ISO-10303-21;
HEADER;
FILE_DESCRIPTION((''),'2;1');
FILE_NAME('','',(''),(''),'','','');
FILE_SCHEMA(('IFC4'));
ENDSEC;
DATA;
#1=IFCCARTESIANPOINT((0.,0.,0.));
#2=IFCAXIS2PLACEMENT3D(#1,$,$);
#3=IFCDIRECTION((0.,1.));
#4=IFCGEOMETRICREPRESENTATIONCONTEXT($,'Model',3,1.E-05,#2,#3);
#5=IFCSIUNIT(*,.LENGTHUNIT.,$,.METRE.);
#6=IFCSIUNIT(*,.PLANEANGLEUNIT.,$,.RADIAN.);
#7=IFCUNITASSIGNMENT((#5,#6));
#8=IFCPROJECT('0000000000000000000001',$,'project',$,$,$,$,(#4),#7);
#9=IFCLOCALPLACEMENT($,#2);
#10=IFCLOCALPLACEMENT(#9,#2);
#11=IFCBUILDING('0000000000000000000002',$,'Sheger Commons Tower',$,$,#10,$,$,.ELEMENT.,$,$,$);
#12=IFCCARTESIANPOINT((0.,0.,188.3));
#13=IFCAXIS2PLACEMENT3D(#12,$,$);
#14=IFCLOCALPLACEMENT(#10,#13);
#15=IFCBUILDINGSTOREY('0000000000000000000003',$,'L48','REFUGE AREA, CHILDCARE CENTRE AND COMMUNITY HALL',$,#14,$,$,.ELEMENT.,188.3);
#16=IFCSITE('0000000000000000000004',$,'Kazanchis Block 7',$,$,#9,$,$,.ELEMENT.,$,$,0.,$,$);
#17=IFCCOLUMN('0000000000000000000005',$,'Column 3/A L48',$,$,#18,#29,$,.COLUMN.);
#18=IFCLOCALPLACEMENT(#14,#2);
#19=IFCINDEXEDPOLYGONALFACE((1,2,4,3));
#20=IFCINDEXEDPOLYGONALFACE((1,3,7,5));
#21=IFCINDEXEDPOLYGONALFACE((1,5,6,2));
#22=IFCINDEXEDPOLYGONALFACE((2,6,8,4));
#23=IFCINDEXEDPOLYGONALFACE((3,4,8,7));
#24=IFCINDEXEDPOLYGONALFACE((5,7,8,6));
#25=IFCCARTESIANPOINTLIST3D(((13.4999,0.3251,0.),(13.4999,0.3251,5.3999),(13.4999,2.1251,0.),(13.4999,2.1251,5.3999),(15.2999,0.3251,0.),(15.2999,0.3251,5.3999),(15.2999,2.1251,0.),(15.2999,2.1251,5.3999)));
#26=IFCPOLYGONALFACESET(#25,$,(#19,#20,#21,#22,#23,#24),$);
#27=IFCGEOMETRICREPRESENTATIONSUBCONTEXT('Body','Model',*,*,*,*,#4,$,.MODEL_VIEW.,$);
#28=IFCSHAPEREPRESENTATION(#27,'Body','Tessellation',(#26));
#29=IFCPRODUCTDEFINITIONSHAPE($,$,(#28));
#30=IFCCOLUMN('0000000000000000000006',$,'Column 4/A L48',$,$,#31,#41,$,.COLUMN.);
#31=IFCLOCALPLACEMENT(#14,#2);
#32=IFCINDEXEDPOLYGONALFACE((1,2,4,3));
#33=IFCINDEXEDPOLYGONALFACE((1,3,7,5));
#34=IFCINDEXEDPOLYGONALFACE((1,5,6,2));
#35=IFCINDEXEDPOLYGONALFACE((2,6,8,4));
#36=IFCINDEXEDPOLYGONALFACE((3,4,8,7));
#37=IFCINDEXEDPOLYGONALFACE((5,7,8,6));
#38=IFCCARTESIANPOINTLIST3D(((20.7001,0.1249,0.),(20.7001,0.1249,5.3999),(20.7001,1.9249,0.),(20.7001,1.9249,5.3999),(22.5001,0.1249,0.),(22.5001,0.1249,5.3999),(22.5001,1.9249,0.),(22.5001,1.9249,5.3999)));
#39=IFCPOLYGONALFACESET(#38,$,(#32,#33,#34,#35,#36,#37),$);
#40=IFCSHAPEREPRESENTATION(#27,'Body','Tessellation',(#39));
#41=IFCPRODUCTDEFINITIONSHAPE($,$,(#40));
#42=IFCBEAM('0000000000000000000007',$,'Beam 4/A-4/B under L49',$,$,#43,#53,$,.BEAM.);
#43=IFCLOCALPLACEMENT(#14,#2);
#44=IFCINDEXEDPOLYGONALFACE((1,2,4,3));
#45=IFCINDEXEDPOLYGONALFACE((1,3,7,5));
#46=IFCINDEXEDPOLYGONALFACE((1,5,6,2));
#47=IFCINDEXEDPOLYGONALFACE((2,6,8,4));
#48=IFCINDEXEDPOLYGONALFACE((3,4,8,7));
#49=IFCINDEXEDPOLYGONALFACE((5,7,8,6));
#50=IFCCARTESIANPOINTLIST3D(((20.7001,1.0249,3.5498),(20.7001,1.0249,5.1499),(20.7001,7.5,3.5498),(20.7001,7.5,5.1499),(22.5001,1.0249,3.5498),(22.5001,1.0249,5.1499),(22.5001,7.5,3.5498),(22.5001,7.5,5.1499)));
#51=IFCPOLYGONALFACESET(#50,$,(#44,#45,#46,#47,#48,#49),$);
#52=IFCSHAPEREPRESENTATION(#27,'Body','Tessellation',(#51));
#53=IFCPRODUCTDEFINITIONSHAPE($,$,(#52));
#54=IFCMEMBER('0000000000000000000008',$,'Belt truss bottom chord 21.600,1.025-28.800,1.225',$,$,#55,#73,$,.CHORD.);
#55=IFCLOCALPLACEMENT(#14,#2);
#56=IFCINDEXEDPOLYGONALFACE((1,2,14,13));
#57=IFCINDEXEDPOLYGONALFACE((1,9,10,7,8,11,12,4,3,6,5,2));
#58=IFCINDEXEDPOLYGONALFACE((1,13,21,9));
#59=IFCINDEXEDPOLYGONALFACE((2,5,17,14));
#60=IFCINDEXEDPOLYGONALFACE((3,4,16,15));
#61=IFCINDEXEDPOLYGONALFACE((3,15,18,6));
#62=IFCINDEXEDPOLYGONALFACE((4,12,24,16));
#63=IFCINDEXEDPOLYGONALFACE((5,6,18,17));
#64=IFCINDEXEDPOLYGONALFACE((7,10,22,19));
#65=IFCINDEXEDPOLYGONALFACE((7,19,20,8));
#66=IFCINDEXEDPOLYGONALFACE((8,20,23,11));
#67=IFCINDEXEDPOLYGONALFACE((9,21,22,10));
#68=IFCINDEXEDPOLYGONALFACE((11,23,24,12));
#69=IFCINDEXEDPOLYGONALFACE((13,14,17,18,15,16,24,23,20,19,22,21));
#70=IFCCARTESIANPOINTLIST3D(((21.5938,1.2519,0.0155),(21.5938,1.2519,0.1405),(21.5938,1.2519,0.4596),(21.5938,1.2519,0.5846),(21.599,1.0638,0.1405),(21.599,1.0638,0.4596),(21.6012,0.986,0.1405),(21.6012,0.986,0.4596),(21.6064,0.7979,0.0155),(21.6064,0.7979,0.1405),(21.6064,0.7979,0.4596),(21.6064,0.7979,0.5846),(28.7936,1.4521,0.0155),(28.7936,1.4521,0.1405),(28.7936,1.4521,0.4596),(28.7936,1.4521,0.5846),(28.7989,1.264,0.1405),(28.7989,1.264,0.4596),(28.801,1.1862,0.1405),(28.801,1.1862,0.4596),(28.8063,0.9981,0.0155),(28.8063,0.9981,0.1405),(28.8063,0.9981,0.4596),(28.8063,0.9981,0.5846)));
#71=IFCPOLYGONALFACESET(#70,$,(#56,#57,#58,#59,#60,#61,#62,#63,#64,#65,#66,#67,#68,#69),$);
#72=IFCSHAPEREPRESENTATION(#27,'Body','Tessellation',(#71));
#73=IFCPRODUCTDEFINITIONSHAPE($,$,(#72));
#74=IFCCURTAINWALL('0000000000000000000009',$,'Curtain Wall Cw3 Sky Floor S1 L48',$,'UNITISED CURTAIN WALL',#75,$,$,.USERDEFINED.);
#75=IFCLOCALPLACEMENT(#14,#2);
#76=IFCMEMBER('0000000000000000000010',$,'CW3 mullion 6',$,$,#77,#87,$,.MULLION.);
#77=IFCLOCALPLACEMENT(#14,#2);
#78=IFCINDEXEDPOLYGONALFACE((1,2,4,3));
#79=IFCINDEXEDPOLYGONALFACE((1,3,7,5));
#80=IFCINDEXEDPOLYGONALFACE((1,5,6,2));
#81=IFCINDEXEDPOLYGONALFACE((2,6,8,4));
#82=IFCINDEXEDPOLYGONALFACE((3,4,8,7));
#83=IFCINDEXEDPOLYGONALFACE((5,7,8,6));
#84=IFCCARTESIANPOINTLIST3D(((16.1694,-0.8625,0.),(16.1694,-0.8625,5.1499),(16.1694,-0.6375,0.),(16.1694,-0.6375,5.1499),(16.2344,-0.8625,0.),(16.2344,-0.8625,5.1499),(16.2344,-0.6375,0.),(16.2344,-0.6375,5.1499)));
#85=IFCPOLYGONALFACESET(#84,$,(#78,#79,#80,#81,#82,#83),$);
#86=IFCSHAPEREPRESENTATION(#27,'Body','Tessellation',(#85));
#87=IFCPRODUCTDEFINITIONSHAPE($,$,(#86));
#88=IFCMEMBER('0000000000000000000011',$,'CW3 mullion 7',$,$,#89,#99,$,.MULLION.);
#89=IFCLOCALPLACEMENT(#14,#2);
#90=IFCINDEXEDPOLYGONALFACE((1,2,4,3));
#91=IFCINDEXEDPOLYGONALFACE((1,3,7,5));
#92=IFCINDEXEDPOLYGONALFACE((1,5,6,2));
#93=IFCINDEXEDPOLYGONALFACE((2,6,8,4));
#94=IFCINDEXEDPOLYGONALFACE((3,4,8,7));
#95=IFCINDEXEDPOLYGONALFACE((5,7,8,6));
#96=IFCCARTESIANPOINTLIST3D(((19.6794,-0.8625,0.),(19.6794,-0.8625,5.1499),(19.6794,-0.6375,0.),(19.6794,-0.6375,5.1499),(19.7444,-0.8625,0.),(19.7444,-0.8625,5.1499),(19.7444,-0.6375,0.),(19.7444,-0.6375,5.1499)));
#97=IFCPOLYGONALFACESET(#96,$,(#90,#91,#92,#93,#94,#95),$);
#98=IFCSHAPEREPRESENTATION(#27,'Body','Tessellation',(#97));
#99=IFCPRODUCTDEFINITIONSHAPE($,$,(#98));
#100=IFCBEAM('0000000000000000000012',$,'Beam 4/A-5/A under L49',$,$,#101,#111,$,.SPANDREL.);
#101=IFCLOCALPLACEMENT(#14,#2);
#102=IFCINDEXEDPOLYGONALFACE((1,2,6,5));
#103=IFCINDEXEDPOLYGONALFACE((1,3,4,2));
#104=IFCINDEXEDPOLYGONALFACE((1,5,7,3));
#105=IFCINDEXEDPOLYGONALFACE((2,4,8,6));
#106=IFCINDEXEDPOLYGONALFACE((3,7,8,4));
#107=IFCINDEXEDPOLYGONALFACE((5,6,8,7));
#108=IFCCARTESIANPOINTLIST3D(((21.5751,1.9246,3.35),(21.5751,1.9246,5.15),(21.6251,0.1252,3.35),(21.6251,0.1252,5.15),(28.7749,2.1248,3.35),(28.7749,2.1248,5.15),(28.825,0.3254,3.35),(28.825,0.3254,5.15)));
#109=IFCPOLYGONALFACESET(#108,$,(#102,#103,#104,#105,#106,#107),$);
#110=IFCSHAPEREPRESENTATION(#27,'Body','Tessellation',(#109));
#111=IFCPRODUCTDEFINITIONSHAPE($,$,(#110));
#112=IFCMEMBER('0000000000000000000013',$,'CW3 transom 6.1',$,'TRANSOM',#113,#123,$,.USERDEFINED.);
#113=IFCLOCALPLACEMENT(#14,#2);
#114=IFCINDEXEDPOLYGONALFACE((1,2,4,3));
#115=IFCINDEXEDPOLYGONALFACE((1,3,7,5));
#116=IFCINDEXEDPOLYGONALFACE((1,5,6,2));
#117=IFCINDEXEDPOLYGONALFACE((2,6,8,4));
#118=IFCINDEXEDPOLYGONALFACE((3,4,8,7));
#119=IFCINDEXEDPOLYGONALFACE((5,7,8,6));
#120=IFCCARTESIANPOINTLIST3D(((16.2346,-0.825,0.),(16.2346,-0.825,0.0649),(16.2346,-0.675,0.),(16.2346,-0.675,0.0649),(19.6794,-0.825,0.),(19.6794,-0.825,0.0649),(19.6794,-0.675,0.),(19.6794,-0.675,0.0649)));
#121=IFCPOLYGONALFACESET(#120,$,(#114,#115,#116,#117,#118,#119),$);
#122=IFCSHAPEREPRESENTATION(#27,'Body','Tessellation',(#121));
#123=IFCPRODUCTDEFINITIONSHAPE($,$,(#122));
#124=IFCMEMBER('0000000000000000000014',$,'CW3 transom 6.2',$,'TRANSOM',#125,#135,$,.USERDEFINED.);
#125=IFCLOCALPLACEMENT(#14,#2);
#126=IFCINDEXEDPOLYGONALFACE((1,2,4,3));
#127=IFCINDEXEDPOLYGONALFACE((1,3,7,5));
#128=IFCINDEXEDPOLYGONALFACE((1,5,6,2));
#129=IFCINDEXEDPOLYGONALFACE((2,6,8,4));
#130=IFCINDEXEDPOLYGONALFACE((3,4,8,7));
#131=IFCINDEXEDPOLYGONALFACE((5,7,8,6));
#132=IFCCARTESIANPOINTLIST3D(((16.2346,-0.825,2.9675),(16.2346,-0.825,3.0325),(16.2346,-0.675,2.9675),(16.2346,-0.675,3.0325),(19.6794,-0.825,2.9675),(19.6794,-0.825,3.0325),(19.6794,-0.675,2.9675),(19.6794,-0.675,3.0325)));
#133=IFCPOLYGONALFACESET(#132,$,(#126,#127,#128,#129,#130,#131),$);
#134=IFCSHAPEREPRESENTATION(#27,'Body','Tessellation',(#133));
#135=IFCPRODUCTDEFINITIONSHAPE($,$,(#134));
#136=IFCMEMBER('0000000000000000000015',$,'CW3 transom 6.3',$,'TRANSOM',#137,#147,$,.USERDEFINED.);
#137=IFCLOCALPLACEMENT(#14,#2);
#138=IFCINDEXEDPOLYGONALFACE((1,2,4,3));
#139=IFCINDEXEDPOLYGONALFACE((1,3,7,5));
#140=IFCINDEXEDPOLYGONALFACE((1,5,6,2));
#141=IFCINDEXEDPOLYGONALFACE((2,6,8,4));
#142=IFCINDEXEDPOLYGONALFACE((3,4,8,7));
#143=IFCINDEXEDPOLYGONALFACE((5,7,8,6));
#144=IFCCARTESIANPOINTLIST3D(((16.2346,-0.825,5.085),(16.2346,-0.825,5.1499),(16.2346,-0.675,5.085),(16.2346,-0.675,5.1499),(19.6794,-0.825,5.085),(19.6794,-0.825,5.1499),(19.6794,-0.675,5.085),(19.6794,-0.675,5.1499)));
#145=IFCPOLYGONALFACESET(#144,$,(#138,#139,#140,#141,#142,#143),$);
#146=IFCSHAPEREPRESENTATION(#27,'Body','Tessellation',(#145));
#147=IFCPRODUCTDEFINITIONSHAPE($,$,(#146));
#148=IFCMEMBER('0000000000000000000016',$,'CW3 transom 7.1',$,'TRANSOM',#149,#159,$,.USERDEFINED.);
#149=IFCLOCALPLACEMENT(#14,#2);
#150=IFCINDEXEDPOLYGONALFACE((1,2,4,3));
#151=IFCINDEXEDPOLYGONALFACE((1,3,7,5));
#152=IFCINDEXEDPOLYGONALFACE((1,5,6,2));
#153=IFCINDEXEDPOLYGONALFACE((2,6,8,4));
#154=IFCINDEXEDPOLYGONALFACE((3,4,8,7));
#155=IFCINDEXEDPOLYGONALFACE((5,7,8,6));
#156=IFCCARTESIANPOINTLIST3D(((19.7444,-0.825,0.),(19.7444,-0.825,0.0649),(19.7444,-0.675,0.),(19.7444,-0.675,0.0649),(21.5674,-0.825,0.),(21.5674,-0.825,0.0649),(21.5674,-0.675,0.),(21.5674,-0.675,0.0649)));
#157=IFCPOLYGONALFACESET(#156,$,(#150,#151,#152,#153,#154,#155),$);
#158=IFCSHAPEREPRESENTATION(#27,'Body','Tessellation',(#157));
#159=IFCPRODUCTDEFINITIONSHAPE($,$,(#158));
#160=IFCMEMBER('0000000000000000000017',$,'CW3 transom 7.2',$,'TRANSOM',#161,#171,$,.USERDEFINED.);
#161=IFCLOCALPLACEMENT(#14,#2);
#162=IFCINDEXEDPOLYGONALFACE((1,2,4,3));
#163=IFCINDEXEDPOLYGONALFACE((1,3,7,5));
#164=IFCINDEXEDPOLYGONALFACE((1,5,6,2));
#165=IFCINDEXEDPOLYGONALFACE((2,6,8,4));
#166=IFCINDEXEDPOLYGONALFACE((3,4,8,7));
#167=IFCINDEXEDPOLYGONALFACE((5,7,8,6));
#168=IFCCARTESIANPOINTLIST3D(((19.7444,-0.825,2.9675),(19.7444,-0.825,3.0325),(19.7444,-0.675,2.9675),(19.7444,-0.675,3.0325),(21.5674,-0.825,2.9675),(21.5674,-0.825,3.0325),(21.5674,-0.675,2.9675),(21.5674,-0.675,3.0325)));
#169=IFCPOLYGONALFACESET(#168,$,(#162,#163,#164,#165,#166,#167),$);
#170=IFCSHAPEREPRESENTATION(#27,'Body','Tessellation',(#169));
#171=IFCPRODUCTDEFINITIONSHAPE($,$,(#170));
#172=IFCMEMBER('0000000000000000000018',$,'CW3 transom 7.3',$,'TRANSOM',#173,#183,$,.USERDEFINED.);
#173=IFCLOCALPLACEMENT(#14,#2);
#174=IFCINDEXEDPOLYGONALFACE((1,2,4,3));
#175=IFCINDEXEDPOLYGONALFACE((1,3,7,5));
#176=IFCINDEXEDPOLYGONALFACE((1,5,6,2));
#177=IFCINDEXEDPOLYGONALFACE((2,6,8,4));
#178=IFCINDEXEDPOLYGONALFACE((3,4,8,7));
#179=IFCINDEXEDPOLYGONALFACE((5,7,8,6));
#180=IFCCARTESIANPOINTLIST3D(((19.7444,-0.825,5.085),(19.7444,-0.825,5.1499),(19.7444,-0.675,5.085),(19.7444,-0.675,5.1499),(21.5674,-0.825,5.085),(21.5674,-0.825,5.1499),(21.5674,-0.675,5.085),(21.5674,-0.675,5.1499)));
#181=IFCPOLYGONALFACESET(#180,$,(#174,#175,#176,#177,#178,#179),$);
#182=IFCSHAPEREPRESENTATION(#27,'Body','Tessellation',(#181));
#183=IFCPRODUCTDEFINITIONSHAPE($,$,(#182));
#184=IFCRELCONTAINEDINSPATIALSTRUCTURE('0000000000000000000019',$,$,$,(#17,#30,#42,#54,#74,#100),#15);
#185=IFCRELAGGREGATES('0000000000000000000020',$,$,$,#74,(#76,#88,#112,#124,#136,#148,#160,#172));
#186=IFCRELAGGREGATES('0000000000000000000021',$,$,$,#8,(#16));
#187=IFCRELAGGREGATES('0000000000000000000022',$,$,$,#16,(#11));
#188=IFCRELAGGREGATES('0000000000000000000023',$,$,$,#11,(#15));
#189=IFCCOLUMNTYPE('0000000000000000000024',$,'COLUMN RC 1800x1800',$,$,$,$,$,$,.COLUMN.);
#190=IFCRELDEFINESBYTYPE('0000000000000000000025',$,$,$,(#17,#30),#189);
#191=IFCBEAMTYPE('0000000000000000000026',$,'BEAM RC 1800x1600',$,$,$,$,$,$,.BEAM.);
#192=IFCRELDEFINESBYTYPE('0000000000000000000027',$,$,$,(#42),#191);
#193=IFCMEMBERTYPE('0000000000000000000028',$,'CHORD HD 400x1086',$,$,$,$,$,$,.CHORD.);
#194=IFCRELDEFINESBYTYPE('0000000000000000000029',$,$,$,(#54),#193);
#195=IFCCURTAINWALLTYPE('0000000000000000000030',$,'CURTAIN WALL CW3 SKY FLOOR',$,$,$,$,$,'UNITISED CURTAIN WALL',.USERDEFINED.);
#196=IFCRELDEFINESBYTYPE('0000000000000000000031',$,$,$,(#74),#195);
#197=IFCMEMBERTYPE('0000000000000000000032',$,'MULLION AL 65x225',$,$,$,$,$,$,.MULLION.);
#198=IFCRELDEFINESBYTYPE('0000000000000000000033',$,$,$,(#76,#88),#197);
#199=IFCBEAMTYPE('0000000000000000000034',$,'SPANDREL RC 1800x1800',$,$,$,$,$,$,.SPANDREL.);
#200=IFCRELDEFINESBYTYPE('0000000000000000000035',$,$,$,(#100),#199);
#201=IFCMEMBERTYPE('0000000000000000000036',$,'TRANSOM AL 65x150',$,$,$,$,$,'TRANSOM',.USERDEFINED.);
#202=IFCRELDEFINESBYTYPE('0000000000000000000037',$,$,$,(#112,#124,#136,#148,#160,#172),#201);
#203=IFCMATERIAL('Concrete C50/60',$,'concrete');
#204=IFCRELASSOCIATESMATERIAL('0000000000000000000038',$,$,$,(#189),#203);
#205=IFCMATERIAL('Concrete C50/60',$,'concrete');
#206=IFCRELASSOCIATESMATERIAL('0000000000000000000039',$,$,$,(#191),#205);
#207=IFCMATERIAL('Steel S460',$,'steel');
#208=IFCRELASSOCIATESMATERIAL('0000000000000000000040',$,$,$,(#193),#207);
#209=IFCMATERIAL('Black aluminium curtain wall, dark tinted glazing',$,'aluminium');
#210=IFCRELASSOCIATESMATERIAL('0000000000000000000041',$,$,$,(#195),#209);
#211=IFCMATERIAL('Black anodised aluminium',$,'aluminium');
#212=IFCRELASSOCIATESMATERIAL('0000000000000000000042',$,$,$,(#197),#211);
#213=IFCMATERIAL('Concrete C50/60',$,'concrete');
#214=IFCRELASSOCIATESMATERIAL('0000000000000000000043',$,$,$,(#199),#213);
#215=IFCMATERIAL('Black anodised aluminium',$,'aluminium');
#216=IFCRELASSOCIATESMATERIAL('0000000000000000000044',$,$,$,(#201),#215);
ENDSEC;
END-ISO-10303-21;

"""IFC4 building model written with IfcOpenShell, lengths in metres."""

from ifc_helpers import new_model, si_unit, direction, frame, origin, origin_2d, place, context, subcontext, project, spatial, rectangle, i_section, extrude, material, material_profile, profile_set, type_object, element, aggregate, save


model = new_model("IFC4")

# Units and contexts
model_context = context("Model", 3, precision=1e-05, world=origin(), true_north=direction((0.0, 1.0)))
body_context = subcontext(model_context, "Body", "Model", "MODEL_VIEW")
ifc_project = project(units=[si_unit("LENGTHUNIT", "METRE"), si_unit("PLANEANGLEUNIT", "RADIAN")], contexts=[model_context])

# Site, building, storey
site_placement = place(None, origin())
site = spatial("IfcSite", under=ifc_project, at=site_placement, Name="Kazanchis Block 7", CompositionType="ELEMENT", RefElevation=0.0)
building_placement = place(site_placement, origin())
building = spatial("IfcBuilding", under=site, at=building_placement, Name="Sheger Commons Tower", CompositionType="ELEMENT")
storey_placement = place(building_placement, frame((0.0, 0.0, 188.3)))
storey = spatial("IfcBuildingStorey", under=building, at=storey_placement, Name="L48", Description="REFUGE AREA, CHILDCARE CENTRE AND COMMUNITY HALL", CompositionType="ELEMENT", Elevation=188.3)

# Columns
ifc_material_1 = material(Name="Concrete C50/60", Category="concrete")
ifc_material_profile_1 = material_profile(ifc_material_1, rectangle(XDim=1.8, YDim=1.8, at=origin_2d()), Name="RC 1800x1800")
ifc_profile_set_1 = profile_set([ifc_material_profile_1], Name="Concrete C50/60")
column_type = type_object("IfcColumnType", Name="COLUMN RC 1800x1800", PredefinedType="COLUMN", material=ifc_profile_set_1)
for number, where, z_axis, x_axis, name in (
    (1, (14.3999, 1.2251, 0.0), (0.0, 0.0, 1.0), (1.0, 0.0, 0.0), "Column 3/A L48"),
    (2, (21.6001, 1.0249, 0.0), (0.0, 0.0, 1.0), (1.0, 0.0, 0.0), "Column 4/A L48"),
):
    element("IfcColumn", number, at=place(storey_placement, frame(where, z_axis=z_axis, x_axis=x_axis)), inside=storey, type_object=column_type, Name=name, PredefinedType="COLUMN", context=body_context, shape_type="SweptSolid", body=[
        extrude(rectangle(XDim=1.8, YDim=1.8, at=origin_2d()), origin(), (0.0, 0.0, 1.0), 5.3999),
    ])

# Beam
ifc_material_2 = material(Name="Concrete C50/60", Category="concrete")
ifc_material_profile_2 = material_profile(ifc_material_2, rectangle(XDim=1.8, YDim=1.6001, at=origin_2d()), Name="RC 1800x1600")
ifc_profile_set_2 = profile_set([ifc_material_profile_2], Name="Concrete C50/60")
beam_type_1 = type_object("IfcBeamType", Name="BEAM RC 1800x1600", PredefinedType="BEAM", material=ifc_profile_set_2)
beam_1_placement = place(storey_placement, frame((21.6001, 1.0249, 4.3499), z_axis=(0.0, 1.0, 0.0), x_axis=(-1.0, 0.0, 0.0)))
element("IfcBeam", 3, at=beam_1_placement, inside=storey, type_object=beam_type_1, Name="Beam 4/A-4/B under L49", PredefinedType="BEAM", context=body_context, shape_type="SweptSolid", body=[
    extrude(rectangle(XDim=1.8, YDim=1.6001, at=origin_2d()), origin(), (0.0, 0.0, 1.0), 6.4751),
])

# Member
ifc_material_3 = material(Name="Steel S460", Category="steel")
ifc_material_profile_3 = material_profile(ifc_material_3, i_section(OverallWidth=0.4541, OverallDepth=0.5691, WebThickness=0.0779, FlangeThickness=0.125, at=origin_2d()), Name="HD 400x1086")
ifc_profile_set_3 = profile_set([ifc_material_profile_3], Name="Steel S460")
member_type_1 = type_object("IfcMemberType", Name="CHORD HD 400x1086", PredefinedType="CHORD", material=ifc_profile_set_3)
member_1_placement = place(storey_placement, frame((21.6001, 1.0249, 0.3), z_axis=(0.999614, 0.027794, 0.0), x_axis=(-0.027794, 0.999614, 0.0)))
element("IfcMember", 4, at=member_1_placement, inside=storey, type_object=member_type_1, Name="Belt truss bottom chord 21.600,1.025-28.800,1.225", PredefinedType="CHORD", context=body_context, shape_type="SweptSolid", body=[
    extrude(i_section(OverallWidth=0.4541, OverallDepth=0.5691, WebThickness=0.0779, FlangeThickness=0.125, at=origin_2d()), origin(), (0.0, 0.0, 1.0), 7.2026),
])

# Curtain wall, members
ifc_material_4 = material(Name="Black aluminium curtain wall, dark tinted glazing", Category="aluminium")
curtain_wall_type = type_object("IfcCurtainWallType", Name="CURTAIN WALL CW3 SKY FLOOR", ElementType="UNITISED CURTAIN WALL", PredefinedType="USERDEFINED", material=ifc_material_4)
curtain_wall_placement = place(storey_placement, origin())
curtain_wall = element("IfcCurtainWall", 5, at=curtain_wall_placement, inside=storey, type_object=curtain_wall_type, Name="Curtain Wall Cw3 Sky Floor S1 L48", ObjectType="UNITISED CURTAIN WALL", PredefinedType="USERDEFINED")
ifc_material_5 = material(Name="Black anodised aluminium", Category="aluminium")
ifc_material_profile_4 = material_profile(ifc_material_5, rectangle(XDim=0.2251, YDim=0.0649, at=origin_2d()), Name="AL 65x225")
ifc_profile_set_4 = profile_set([ifc_material_profile_4], Name="Black anodised aluminium")
member_type_2 = type_object("IfcMemberType", Name="MULLION AL 65x225", PredefinedType="MULLION", material=ifc_profile_set_4)
member_2_placement = place(storey_placement, frame((16.2019, -0.75, 0.0), z_axis=(0.0, 0.0, 1.0), x_axis=(0.0, 1.0, 0.0)))
member_2 = element("IfcMember", 6, at=member_2_placement, type_object=member_type_2, Name="CW3 mullion 6", PredefinedType="MULLION", context=body_context, shape_type="SweptSolid", body=[
    extrude(rectangle(XDim=0.2251, YDim=0.0649, at=origin_2d()), origin(), (0.0, 0.0, 1.0), 5.1499),
])
member_3_placement = place(storey_placement, frame((19.7119, -0.75, 0.0), z_axis=(0.0, 0.0, 1.0), x_axis=(0.0, 1.0, 0.0)))
member_3 = element("IfcMember", 7, at=member_3_placement, type_object=member_type_2, Name="CW3 mullion 7", PredefinedType="MULLION", context=body_context, shape_type="SweptSolid", body=[
    extrude(rectangle(XDim=0.2251, YDim=0.0649, at=origin_2d()), origin(), (0.0, 0.0, 1.0), 5.1499),
])

# Beam
ifc_material_6 = material(Name="Concrete C50/60", Category="concrete")
ifc_material_profile_5 = material_profile(ifc_material_6, rectangle(XDim=1.8, YDim=1.8, at=origin_2d()), Name="RC 1800x1800")
ifc_profile_set_5 = profile_set([ifc_material_profile_5], Name="Concrete C50/60")
beam_type_2 = type_object("IfcBeamType", Name="SPANDREL RC 1800x1800", PredefinedType="SPANDREL", material=ifc_profile_set_5)
beam_2_placement = place(storey_placement, frame((21.6001, 1.0249, 4.25), z_axis=(0.999614, 0.027794, 0.0), x_axis=(-0.027794, 0.999614, 0.0)))
element("IfcBeam", 8, at=beam_2_placement, inside=storey, type_object=beam_type_2, Name="Beam 4/A-5/A under L49", PredefinedType="SPANDREL", context=body_context, shape_type="SweptSolid", body=[
    extrude(rectangle(XDim=1.8, YDim=1.8, at=origin_2d()), origin(), (0.0, 0.0, 1.0), 7.2026),
])

# Members
ifc_material_7 = material(Name="Black anodised aluminium", Category="aluminium")
ifc_material_profile_6 = material_profile(ifc_material_7, rectangle(XDim=0.1499, YDim=0.0649, at=origin_2d()), Name="AL 65x150")
ifc_profile_set_6 = profile_set([ifc_material_profile_6], Name="Black anodised aluminium")
member_type_3 = type_object("IfcMemberType", Name="TRANSOM AL 65x150", ElementType="TRANSOM", PredefinedType="USERDEFINED", material=ifc_profile_set_6)
member_4_placement = place(storey_placement, frame((16.2346, -0.75, 0.0325), z_axis=(1.0, 0.0, 0.0), x_axis=(0.0, 1.0, 0.0)))
member_4 = element("IfcMember", 9, at=member_4_placement, type_object=member_type_3, Name="CW3 transom 6.1", ObjectType="TRANSOM", PredefinedType="USERDEFINED", context=body_context, shape_type="SweptSolid", body=[
    extrude(rectangle(XDim=0.1499, YDim=0.0649, at=origin_2d()), origin(), (0.0, 0.0, 1.0), 3.4448),
])
member_5_placement = place(storey_placement, frame((16.2346, -0.75, 3.0), z_axis=(1.0, 0.0, 0.0), x_axis=(0.0, 1.0, 0.0)))
member_5 = element("IfcMember", 10, at=member_5_placement, type_object=member_type_3, Name="CW3 transom 6.2", ObjectType="TRANSOM", PredefinedType="USERDEFINED", context=body_context, shape_type="SweptSolid", body=[
    extrude(rectangle(XDim=0.1499, YDim=0.0649, at=origin_2d()), origin(), (0.0, 0.0, 1.0), 3.4448),
])
member_6_placement = place(storey_placement, frame((16.2346, -0.75, 5.1174), z_axis=(1.0, 0.0, 0.0), x_axis=(0.0, 1.0, 0.0)))
member_6 = element("IfcMember", 11, at=member_6_placement, type_object=member_type_3, Name="CW3 transom 6.3", ObjectType="TRANSOM", PredefinedType="USERDEFINED", context=body_context, shape_type="SweptSolid", body=[
    extrude(rectangle(XDim=0.1499, YDim=0.0649, at=origin_2d()), origin(), (0.0, 0.0, 1.0), 3.4448),
])
member_7_placement = place(storey_placement, frame((19.7444, -0.75, 0.0325), z_axis=(1.0, 0.0, 0.0), x_axis=(0.0, 1.0, 0.0)))
member_7 = element("IfcMember", 12, at=member_7_placement, type_object=member_type_3, Name="CW3 transom 7.1", ObjectType="TRANSOM", PredefinedType="USERDEFINED", context=body_context, shape_type="SweptSolid", body=[
    extrude(rectangle(XDim=0.1499, YDim=0.0649, at=origin_2d()), origin(), (0.0, 0.0, 1.0), 1.823),
])
member_8_placement = place(storey_placement, frame((19.7444, -0.75, 3.0), z_axis=(1.0, 0.0, 0.0), x_axis=(0.0, 1.0, 0.0)))
member_8 = element("IfcMember", 13, at=member_8_placement, type_object=member_type_3, Name="CW3 transom 7.2", ObjectType="TRANSOM", PredefinedType="USERDEFINED", context=body_context, shape_type="SweptSolid", body=[
    extrude(rectangle(XDim=0.1499, YDim=0.0649, at=origin_2d()), origin(), (0.0, 0.0, 1.0), 1.823),
])
member_9_placement = place(storey_placement, frame((19.7444, -0.75, 5.1174), z_axis=(1.0, 0.0, 0.0), x_axis=(0.0, 1.0, 0.0)))
member_9 = element("IfcMember", 14, at=member_9_placement, type_object=member_type_3, Name="CW3 transom 7.3", ObjectType="TRANSOM", PredefinedType="USERDEFINED", context=body_context, shape_type="SweptSolid", body=[
    extrude(rectangle(XDim=0.1499, YDim=0.0649, at=origin_2d()), origin(), (0.0, 0.0, 1.0), 1.823),
])

aggregate(curtain_wall, [member_2, member_3, member_4, member_5, member_6, member_7, member_8, member_9])

save(model, "model.ifc")
